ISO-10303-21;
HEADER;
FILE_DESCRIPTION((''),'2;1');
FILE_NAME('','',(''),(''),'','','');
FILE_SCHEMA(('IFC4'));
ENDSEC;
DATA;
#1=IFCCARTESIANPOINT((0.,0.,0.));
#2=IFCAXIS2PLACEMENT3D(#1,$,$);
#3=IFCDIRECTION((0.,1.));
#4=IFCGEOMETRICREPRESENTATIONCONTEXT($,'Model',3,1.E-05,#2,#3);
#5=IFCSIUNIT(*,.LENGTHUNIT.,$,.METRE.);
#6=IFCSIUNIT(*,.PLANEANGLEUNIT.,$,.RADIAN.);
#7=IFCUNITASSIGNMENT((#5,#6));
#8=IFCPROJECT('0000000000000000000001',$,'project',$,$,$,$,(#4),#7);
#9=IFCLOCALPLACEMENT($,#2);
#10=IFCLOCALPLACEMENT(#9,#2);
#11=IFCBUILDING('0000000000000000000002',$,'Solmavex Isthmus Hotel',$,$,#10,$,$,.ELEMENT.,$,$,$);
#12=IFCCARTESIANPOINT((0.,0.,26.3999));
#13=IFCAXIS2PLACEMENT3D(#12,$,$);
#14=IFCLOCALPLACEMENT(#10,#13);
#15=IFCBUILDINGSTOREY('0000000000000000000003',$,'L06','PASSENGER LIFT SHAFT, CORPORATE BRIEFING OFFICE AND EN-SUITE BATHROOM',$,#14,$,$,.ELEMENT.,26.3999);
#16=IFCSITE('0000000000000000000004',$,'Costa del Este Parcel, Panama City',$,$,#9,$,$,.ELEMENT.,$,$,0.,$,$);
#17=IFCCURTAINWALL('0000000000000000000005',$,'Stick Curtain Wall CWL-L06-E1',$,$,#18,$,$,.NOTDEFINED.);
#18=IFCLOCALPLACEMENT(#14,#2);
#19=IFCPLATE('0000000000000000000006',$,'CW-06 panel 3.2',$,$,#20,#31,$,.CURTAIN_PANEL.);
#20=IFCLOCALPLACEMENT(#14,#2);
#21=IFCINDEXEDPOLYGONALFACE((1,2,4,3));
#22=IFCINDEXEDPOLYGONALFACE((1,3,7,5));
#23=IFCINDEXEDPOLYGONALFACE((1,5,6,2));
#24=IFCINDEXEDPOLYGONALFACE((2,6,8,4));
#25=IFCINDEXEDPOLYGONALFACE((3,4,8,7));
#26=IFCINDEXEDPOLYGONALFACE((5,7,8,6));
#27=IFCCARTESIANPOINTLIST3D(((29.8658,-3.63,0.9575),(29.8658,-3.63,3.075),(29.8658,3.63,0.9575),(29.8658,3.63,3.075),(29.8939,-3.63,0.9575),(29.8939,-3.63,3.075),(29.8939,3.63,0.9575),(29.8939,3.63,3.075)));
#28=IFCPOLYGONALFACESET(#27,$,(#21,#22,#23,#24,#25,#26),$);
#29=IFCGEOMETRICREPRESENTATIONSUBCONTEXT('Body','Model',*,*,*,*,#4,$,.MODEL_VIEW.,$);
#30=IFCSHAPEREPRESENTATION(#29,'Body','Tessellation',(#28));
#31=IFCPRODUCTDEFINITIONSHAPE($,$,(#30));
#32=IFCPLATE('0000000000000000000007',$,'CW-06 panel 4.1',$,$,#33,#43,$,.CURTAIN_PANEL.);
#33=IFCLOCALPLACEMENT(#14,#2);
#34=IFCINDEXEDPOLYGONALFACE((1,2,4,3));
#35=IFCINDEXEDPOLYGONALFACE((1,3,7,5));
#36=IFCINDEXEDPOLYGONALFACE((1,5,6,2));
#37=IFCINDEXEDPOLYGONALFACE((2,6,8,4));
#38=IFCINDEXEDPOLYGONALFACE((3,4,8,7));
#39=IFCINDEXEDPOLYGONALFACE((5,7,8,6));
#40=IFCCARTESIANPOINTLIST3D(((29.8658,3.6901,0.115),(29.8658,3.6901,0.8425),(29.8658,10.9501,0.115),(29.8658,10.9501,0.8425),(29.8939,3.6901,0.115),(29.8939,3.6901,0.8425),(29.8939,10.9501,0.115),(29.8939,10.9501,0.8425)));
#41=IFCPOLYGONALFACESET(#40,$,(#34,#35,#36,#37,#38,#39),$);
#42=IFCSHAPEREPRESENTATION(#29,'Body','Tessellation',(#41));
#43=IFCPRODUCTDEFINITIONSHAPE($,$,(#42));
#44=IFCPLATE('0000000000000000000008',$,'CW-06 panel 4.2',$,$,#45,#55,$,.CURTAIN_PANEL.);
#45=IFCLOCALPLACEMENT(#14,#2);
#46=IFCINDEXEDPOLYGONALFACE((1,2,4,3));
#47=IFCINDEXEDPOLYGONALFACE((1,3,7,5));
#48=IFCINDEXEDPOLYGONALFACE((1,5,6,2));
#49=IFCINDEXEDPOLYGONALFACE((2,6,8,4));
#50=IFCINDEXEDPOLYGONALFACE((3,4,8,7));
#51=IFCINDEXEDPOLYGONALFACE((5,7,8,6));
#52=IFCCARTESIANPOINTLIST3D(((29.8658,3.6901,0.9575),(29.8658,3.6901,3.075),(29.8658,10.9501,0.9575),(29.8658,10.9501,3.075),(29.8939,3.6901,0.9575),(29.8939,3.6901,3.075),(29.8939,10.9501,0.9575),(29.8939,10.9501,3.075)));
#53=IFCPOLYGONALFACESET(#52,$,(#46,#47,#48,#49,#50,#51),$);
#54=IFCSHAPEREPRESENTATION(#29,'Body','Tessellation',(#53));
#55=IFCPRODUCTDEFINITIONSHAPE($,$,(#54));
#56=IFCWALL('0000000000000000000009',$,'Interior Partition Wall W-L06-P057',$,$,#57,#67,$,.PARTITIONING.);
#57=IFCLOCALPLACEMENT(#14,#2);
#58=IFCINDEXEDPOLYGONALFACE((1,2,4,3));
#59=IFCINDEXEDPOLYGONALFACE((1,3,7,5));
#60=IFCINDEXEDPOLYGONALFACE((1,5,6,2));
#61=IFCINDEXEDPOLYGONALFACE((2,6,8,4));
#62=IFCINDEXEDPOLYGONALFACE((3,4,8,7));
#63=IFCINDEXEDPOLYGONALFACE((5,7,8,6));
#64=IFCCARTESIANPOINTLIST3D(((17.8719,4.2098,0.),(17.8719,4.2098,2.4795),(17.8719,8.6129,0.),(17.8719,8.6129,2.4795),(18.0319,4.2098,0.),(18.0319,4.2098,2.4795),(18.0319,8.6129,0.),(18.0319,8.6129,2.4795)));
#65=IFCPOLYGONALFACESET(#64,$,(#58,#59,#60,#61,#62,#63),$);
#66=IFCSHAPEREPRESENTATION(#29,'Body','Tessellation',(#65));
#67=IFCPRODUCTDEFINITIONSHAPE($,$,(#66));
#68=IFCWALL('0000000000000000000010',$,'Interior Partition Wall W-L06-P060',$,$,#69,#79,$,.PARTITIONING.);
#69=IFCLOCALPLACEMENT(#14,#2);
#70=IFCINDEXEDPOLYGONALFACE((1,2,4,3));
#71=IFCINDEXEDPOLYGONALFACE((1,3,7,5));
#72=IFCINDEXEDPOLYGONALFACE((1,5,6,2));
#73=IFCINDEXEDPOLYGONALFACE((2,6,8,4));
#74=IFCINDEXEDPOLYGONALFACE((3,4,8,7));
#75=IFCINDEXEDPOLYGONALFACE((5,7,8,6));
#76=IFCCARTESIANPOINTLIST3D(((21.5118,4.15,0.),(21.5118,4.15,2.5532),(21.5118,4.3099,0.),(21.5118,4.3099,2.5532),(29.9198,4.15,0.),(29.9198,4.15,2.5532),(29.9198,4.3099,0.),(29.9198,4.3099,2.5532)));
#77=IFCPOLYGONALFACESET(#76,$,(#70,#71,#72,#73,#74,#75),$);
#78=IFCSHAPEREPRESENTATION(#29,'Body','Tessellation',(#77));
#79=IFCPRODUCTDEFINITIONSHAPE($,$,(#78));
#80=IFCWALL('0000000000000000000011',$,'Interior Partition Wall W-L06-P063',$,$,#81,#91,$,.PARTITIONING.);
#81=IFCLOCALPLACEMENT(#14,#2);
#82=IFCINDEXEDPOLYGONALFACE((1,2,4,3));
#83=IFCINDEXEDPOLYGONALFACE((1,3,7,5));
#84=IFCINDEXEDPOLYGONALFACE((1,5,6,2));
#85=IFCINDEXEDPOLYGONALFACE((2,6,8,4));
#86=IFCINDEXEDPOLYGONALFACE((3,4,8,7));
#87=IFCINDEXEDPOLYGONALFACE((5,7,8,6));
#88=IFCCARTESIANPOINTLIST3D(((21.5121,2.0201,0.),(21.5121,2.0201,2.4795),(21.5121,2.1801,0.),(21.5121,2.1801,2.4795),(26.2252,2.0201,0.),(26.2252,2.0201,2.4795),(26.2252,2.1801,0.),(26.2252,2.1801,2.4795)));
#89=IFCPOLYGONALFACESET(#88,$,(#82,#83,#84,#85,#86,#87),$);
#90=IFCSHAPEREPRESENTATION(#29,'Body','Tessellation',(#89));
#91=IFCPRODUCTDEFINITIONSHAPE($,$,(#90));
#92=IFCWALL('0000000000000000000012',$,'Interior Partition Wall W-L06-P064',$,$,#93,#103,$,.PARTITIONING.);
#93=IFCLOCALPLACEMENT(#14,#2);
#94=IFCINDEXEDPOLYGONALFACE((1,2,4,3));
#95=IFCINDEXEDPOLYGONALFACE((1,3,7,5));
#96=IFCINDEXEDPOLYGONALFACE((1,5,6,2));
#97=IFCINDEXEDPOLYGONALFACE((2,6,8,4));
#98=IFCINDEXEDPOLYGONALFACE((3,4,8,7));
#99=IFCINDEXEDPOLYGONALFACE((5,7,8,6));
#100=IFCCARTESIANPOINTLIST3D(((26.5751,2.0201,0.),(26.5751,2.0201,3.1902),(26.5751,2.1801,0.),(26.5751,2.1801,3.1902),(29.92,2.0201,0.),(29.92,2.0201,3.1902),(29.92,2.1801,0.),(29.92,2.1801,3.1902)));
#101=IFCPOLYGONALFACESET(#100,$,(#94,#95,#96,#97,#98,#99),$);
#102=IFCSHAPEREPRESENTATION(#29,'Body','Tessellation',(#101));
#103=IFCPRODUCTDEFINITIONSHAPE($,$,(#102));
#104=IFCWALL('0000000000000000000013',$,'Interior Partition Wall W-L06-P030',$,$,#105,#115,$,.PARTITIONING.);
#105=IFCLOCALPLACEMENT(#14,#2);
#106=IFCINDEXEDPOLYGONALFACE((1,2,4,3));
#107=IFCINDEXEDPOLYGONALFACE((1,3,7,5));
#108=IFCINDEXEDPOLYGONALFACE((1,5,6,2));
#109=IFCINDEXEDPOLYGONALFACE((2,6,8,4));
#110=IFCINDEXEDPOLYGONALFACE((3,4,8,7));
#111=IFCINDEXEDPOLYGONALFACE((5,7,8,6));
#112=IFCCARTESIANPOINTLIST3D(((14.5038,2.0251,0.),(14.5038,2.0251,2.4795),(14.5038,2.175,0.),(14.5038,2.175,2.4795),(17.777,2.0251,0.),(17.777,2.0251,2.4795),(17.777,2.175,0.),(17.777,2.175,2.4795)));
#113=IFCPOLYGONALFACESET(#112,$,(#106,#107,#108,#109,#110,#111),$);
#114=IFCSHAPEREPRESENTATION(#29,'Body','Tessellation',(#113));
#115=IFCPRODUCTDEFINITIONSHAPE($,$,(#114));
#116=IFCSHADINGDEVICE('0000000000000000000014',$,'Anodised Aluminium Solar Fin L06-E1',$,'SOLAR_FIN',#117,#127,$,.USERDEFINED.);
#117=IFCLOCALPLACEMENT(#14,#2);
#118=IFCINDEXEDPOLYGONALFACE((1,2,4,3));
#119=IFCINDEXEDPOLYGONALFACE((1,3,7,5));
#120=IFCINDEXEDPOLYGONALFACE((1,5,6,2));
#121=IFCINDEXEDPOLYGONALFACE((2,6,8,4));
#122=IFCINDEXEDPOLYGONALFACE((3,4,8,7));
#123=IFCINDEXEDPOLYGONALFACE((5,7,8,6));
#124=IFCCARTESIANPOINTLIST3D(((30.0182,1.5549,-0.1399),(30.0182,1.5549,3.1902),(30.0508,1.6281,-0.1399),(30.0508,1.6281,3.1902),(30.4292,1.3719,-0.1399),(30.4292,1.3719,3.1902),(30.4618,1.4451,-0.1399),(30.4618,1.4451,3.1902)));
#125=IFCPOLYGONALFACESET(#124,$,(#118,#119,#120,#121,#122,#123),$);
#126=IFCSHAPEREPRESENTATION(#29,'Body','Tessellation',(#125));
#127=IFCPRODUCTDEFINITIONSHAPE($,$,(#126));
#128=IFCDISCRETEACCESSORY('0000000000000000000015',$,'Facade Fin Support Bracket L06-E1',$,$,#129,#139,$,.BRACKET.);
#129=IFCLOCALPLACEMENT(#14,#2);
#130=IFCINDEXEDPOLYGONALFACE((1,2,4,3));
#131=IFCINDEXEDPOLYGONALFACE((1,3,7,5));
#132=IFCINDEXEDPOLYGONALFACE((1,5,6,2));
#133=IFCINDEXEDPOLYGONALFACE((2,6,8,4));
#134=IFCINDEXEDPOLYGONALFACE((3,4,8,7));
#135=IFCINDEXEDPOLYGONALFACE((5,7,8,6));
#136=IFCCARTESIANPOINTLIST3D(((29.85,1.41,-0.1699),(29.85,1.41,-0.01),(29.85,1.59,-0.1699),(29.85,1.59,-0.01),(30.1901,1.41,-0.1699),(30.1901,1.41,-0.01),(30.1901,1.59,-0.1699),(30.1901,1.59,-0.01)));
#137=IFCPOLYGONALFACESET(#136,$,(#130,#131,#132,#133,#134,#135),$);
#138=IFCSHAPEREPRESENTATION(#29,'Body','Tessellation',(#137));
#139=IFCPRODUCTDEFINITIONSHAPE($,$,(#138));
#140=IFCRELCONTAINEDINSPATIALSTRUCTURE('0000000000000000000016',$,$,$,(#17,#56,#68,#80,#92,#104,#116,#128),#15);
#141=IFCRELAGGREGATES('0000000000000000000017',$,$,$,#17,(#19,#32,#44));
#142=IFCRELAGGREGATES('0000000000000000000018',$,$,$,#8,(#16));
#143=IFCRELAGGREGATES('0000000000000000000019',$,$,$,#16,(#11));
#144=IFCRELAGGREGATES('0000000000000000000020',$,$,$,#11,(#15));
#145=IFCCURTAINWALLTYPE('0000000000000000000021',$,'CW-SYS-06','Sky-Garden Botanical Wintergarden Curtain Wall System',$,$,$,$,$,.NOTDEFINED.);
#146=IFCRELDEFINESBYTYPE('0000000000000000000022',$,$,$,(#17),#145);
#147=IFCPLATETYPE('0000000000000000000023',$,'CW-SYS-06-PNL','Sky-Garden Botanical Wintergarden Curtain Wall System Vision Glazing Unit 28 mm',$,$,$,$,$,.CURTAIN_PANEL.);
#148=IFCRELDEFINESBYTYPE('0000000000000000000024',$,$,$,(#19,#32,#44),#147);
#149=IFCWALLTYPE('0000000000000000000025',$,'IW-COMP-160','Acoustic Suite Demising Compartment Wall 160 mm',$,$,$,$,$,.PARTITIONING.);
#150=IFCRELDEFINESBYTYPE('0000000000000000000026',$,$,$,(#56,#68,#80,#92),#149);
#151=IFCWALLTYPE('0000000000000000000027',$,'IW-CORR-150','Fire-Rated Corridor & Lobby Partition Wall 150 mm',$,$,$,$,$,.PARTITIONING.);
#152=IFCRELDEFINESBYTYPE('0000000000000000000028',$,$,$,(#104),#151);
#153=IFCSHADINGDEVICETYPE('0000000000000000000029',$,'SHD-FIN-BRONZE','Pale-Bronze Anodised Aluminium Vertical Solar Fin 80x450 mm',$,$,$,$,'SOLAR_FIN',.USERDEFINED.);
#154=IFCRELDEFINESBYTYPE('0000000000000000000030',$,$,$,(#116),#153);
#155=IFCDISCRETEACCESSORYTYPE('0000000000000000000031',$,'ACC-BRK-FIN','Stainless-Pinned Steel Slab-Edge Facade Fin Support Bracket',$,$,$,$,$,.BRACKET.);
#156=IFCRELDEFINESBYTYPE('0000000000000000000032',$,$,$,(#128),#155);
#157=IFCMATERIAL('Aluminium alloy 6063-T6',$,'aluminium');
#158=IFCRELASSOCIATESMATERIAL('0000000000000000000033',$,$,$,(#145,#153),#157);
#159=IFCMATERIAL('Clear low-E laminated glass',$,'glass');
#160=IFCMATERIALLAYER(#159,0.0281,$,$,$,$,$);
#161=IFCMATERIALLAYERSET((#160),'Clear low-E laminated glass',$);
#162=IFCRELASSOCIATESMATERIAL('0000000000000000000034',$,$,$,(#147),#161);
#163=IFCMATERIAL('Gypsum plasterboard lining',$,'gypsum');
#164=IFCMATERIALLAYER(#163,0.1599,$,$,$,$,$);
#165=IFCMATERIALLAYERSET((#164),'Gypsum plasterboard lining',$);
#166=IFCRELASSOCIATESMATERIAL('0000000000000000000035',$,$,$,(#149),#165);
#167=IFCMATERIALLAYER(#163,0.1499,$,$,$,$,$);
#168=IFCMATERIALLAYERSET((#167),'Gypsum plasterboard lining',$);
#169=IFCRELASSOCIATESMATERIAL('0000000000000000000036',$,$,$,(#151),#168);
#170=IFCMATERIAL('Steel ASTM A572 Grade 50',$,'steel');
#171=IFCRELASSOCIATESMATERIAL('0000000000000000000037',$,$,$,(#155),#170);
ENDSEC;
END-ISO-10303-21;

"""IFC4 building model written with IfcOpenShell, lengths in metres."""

from ifc_helpers import new_model, si_unit, direction, frame, frame_2d, origin, origin_2d, place, context, subcontext, project, spatial, rectangle, extrude, material, layer, layer_set, type_object, element, aggregate, save


model = new_model("IFC4")

# Units and contexts
model_context = context("Model", 3, precision=1e-05, world=origin(), true_north=direction((0.0, 1.0)))
body_context = subcontext(model_context, "Body", "Model", "MODEL_VIEW")
ifc_project = project(units=[si_unit("LENGTHUNIT", "METRE"), si_unit("PLANEANGLEUNIT", "RADIAN")], contexts=[model_context])

# Site, building, storey
site_placement = place(None, origin())
site = spatial("IfcSite", under=ifc_project, at=site_placement, Name="Costa del Este Parcel, Panama City", CompositionType="ELEMENT", RefElevation=0.0)
building_placement = place(site_placement, origin())
building = spatial("IfcBuilding", under=site, at=building_placement, Name="Solmavex Isthmus Hotel", CompositionType="ELEMENT")
storey_placement = place(building_placement, frame((0.0, 0.0, 26.3999)))
storey = spatial("IfcBuildingStorey", under=building, at=storey_placement, Name="L06", Description="PASSENGER LIFT SHAFT, CORPORATE BRIEFING OFFICE AND EN-SUITE BATHROOM", CompositionType="ELEMENT", Elevation=26.3999)

# Shared definitions
ifc_material_1 = material(Name="Steel ASTM A572 Grade 50", Category="steel")

# Curtain wall, plates
ifc_material_2 = material(Name="Aluminium alloy 6063-T6", Category="aluminium")
curtain_wall_type = type_object("IfcCurtainWallType", Name="CW-SYS-06", Description="Sky-Garden Botanical Wintergarden Curtain Wall System", PredefinedType="NOTDEFINED", material=ifc_material_2)
curtain_wall_placement = place(storey_placement, origin())
curtain_wall = element("IfcCurtainWall", 1, at=curtain_wall_placement, inside=storey, type_object=curtain_wall_type, Name="Stick Curtain Wall CWL-L06-E1", PredefinedType="NOTDEFINED")
ifc_material_3 = material(Name="Clear low-E laminated glass", Category="glass")
ifc_layer_1 = layer(ifc_material_3, 0.0281)
ifc_layer_set_1 = layer_set([ifc_layer_1], Name="Clear low-E laminated glass")
plate_type = type_object("IfcPlateType", Name="CW-SYS-06-PNL", Description="Sky-Garden Botanical Wintergarden Curtain Wall System Vision Glazing Unit 28 mm", PredefinedType="CURTAIN_PANEL", material=ifc_layer_set_1)
plate_1_placement = place(storey_placement, frame((29.8799, 0.0, 0.9575), z_axis=(0.0, 0.0, 1.0), x_axis=(0.0, 1.0, 0.0)))
plate_1 = element("IfcPlate", 2, at=plate_1_placement, type_object=plate_type, Name="CW-06 panel 3.2", PredefinedType="CURTAIN_PANEL", context=body_context, shape_type="SweptSolid", body=[
    extrude(rectangle(XDim=7.26, YDim=0.0281, at=origin_2d()), origin(), (0.0, 0.0, 1.0), 2.1174),
])
plate_2_placement = place(storey_placement, frame((29.8799, 7.3201, 0.115), z_axis=(0.0, 0.0, 1.0), x_axis=(0.0, 1.0, 0.0)))
plate_2 = element("IfcPlate", 3, at=plate_2_placement, type_object=plate_type, Name="CW-06 panel 4.1", PredefinedType="CURTAIN_PANEL", context=body_context, shape_type="SweptSolid", body=[
    extrude(rectangle(XDim=7.26, YDim=0.0281, at=origin_2d()), origin(), (0.0, 0.0, 1.0), 0.7275),
])
plate_3_placement = place(storey_placement, frame((29.8799, 7.3201, 0.9575), z_axis=(0.0, 0.0, 1.0), x_axis=(0.0, 1.0, 0.0)))
plate_3 = element("IfcPlate", 4, at=plate_3_placement, type_object=plate_type, Name="CW-06 panel 4.2", PredefinedType="CURTAIN_PANEL", context=body_context, shape_type="SweptSolid", body=[
    extrude(rectangle(XDim=7.26, YDim=0.0281, at=origin_2d()), origin(), (0.0, 0.0, 1.0), 2.1174),
])
aggregate(curtain_wall, [plate_1, plate_2, plate_3])

# Walls
ifc_material_4 = material(Name="Gypsum plasterboard lining", Category="gypsum")
ifc_layer_2 = layer(ifc_material_4, 0.1599)
ifc_layer_set_2 = layer_set([ifc_layer_2], Name="Gypsum plasterboard lining")
wall_type_1 = type_object("IfcWallType", Name="IW-COMP-160", Description="Acoustic Suite Demising Compartment Wall 160 mm", PredefinedType="PARTITIONING", material=ifc_layer_set_2)
wall_1_placement = place(storey_placement, frame((17.9519, 8.613, 0.0), z_axis=(0.0, 0.0, 1.0), x_axis=(0.0, -1.0, 0.0)))
element("IfcWall", 5, at=wall_1_placement, inside=storey, type_object=wall_type_1, Name="Interior Partition Wall W-L06-P057", PredefinedType="PARTITIONING", context=body_context, shape_type="SweptSolid", body=[
    extrude(rectangle(XDim=4.4031, YDim=0.1599, at=frame_2d((2.2017, 0.0))), origin(), (0.0, 0.0, 1.0), 2.4795),
])
wall_2_placement = place(storey_placement, frame((29.9199, 4.23, 0.0), z_axis=(0.0, 0.0, 1.0), x_axis=(-1.0, 0.0, 0.0)))
element("IfcWall", 6, at=wall_2_placement, inside=storey, type_object=wall_type_1, Name="Interior Partition Wall W-L06-P060", PredefinedType="PARTITIONING", context=body_context, shape_type="SweptSolid", body=[
    extrude(rectangle(XDim=8.408, YDim=0.1599, at=frame_2d((4.2041, 0.0))), origin(), (0.0, 0.0, 1.0), 2.5532),
])
wall_3_placement = place(storey_placement, frame((26.2251, 2.1001, 0.0), z_axis=(0.0, 0.0, 1.0), x_axis=(-1.0, 0.0, 0.0)))
element("IfcWall", 7, at=wall_3_placement, inside=storey, type_object=wall_type_1, Name="Interior Partition Wall W-L06-P063", PredefinedType="PARTITIONING", context=body_context, shape_type="SweptSolid", body=[
    extrude(rectangle(XDim=4.7131, YDim=0.1599, at=frame_2d((2.3564, 0.0))), origin(), (0.0, 0.0, 1.0), 2.4795),
])
wall_4_placement = place(storey_placement, frame((29.9199, 2.1001, 0.0), z_axis=(0.0, 0.0, 1.0), x_axis=(-1.0, 0.0, 0.0)))
element("IfcWall", 8, at=wall_4_placement, inside=storey, type_object=wall_type_1, Name="Interior Partition Wall W-L06-P064", PredefinedType="PARTITIONING", context=body_context, shape_type="SweptSolid", body=[
    extrude(rectangle(XDim=3.345, YDim=0.1599, at=frame_2d((1.6724, 0.0))), origin(), (0.0, 0.0, 1.0), 3.1902),
])

# Shared definitions
ifc_layer_3 = layer(ifc_material_4, 0.1499)
ifc_layer_set_3 = layer_set([ifc_layer_3], Name="Gypsum plasterboard lining")
wall_type_2 = type_object("IfcWallType", Name="IW-CORR-150", Description="Fire-Rated Corridor & Lobby Partition Wall 150 mm", PredefinedType="PARTITIONING", material=ifc_layer_set_3)

# Wall
wall_5_placement = place(storey_placement, frame((17.7771, 2.1001, 0.0), z_axis=(0.0, 0.0, 1.0), x_axis=(-1.0, 0.0, 0.0)))
element("IfcWall", 9, at=wall_5_placement, inside=storey, type_object=wall_type_2, Name="Interior Partition Wall W-L06-P030", PredefinedType="PARTITIONING", context=body_context, shape_type="SweptSolid", body=[
    extrude(rectangle(XDim=3.2732, YDim=0.1499, at=frame_2d((1.6367, 0.0))), origin(), (0.0, 0.0, 1.0), 2.4795),
])

# Shading device
shading_device_type = type_object("IfcShadingDeviceType", Name="SHD-FIN-BRONZE", Description="Pale-Bronze Anodised Aluminium Vertical Solar Fin 80x450 mm", ElementType="SOLAR_FIN", PredefinedType="USERDEFINED", material=ifc_material_2)
shading_device_placement = place(storey_placement, frame((30.24, 1.5, -0.1399), z_axis=(0.0, 0.0, 1.0), x_axis=(0.913545, -0.406737, 0.0)))
element("IfcShadingDevice", 10, at=shading_device_placement, inside=storey, type_object=shading_device_type, Name="Anodised Aluminium Solar Fin L06-E1", ObjectType="SOLAR_FIN", PredefinedType="USERDEFINED", context=body_context, shape_type="SweptSolid", body=[
    extrude(rectangle(XDim=0.45, YDim=0.0801, at=origin_2d()), origin(), (0.0, 0.0, 1.0), 3.3301),
])

# Discrete accessory
discrete_accessory_type = type_object("IfcDiscreteAccessoryType", Name="ACC-BRK-FIN", Description="Stainless-Pinned Steel Slab-Edge Facade Fin Support Bracket", PredefinedType="BRACKET", material=ifc_material_1)
discrete_accessory_placement = place(storey_placement, frame((30.02, 1.5, -0.1699), z_axis=(0.0, 0.0, 1.0), x_axis=(1.0, 0.0, 0.0)))
element("IfcDiscreteAccessory", 11, at=discrete_accessory_placement, inside=storey, type_object=discrete_accessory_type, Name="Facade Fin Support Bracket L06-E1", PredefinedType="BRACKET", context=body_context, shape_type="SweptSolid", body=[
    extrude(rectangle(XDim=0.3401, YDim=0.1799, at=origin_2d()), origin(), (0.0, 0.0, 1.0), 0.1599),
])

save(model, "model.ifc")
